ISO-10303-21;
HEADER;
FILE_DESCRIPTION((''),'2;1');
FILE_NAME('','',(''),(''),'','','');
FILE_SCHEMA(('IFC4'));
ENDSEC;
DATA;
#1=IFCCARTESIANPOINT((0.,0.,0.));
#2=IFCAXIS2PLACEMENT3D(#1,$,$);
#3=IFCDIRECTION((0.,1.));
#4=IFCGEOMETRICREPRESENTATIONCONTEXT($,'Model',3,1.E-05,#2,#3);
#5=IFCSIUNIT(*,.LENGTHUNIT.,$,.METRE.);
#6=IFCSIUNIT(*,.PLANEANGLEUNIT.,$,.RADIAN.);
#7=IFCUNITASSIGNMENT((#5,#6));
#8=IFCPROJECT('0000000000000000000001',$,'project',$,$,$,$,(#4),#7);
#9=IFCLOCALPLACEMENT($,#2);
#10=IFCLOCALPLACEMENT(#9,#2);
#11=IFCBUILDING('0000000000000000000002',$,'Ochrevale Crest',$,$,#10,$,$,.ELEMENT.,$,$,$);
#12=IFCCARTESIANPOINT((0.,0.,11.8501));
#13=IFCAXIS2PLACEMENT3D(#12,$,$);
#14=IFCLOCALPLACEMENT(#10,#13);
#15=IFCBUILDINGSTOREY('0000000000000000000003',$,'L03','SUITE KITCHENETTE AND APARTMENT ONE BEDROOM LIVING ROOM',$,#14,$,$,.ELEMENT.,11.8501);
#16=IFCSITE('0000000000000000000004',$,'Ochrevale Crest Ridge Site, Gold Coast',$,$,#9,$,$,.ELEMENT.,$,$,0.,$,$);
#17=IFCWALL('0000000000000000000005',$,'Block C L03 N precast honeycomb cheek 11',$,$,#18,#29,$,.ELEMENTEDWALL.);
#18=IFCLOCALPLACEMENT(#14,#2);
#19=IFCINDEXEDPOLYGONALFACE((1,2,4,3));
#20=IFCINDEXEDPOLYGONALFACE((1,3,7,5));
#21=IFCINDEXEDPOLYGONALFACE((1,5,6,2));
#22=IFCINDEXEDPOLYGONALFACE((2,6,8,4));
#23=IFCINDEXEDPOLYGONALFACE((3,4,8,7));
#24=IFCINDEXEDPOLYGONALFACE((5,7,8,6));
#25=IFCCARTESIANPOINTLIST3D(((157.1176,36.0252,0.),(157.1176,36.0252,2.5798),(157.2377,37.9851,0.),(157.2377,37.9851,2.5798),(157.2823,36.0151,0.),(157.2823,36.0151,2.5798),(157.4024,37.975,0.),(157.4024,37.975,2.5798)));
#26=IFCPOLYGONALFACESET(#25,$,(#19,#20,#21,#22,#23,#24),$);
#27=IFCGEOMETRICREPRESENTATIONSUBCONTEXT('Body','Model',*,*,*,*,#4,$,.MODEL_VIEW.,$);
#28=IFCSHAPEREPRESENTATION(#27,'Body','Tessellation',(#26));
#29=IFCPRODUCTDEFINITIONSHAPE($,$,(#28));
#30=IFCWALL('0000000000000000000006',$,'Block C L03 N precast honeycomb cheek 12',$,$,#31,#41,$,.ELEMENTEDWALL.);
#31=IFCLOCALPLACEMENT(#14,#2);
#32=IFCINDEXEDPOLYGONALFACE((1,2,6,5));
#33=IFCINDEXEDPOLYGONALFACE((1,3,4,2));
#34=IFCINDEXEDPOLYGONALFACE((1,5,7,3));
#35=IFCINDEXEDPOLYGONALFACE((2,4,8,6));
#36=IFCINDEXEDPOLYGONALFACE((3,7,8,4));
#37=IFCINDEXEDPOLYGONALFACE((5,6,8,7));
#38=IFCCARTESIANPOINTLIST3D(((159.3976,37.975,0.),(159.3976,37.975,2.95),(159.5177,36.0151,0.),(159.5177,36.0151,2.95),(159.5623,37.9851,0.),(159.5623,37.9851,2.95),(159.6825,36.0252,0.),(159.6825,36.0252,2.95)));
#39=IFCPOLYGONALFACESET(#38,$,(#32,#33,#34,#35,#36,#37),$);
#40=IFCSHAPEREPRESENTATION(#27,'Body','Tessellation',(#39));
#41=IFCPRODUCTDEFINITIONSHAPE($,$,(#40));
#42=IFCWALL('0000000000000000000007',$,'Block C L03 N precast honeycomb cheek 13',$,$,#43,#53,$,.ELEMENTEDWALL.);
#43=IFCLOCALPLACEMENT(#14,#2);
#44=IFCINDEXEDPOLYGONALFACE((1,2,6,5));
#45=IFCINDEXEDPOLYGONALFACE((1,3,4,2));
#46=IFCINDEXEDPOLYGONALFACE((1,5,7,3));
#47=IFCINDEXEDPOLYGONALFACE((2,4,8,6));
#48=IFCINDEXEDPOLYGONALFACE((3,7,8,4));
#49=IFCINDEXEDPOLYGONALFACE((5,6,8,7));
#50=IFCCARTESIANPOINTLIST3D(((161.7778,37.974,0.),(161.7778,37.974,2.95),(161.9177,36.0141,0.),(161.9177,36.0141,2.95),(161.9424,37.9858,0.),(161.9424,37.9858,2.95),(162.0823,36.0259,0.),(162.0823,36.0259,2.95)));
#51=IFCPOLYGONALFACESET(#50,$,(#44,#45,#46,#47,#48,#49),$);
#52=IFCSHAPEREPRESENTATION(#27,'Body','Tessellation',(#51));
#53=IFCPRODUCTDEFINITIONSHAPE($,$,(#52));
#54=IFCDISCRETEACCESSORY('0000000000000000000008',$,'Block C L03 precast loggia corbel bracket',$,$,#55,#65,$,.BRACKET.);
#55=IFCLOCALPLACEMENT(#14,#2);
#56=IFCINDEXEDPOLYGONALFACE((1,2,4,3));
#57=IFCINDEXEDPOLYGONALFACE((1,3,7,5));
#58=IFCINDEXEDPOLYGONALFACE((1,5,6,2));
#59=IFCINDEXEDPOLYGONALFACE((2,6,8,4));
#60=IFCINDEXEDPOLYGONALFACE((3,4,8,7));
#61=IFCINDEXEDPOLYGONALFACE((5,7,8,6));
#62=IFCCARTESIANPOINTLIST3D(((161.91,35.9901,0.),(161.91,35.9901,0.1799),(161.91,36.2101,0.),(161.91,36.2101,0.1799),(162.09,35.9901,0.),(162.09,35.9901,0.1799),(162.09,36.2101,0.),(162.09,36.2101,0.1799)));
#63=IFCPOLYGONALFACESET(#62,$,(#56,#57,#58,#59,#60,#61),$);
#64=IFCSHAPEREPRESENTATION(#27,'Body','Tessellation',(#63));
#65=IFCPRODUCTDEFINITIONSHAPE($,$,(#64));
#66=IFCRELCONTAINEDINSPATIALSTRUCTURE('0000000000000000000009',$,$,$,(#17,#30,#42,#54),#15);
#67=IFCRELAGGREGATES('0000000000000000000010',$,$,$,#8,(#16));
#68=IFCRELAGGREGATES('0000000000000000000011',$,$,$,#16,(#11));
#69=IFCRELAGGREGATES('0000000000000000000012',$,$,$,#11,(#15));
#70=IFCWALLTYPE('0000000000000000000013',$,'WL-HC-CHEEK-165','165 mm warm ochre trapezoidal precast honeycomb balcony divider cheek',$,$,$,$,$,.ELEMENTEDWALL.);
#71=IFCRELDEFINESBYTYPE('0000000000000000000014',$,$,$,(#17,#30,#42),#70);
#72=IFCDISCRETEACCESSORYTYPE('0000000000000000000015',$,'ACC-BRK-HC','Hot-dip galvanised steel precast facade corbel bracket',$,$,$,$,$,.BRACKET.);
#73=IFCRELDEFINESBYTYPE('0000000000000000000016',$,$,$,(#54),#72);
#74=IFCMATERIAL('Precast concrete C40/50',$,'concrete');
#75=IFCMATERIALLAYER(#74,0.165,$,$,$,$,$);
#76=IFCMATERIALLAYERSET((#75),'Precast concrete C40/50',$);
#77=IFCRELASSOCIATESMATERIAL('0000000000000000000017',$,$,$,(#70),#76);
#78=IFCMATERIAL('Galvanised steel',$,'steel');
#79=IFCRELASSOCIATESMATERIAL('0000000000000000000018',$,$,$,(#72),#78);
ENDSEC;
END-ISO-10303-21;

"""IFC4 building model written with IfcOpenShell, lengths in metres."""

from ifc_helpers import new_model, si_unit, direction, frame, frame_2d, origin, origin_2d, place, context, subcontext, project, spatial, rectangle, extrude, material, layer, layer_set, type_object, element, save


model = new_model("IFC4")

# Units and contexts
model_context = context("Model", 3, precision=1e-05, world=origin(), true_north=direction((0.0, 1.0)))
body_context = subcontext(model_context, "Body", "Model", "MODEL_VIEW")
ifc_project = project(units=[si_unit("LENGTHUNIT", "METRE"), si_unit("PLANEANGLEUNIT", "RADIAN")], contexts=[model_context])

# Site, building, storey
site_placement = place(None, origin())
site = spatial("IfcSite", under=ifc_project, at=site_placement, Name="Ochrevale Crest Ridge Site, Gold Coast", CompositionType="ELEMENT", RefElevation=0.0)
building_placement = place(site_placement, origin())
building = spatial("IfcBuilding", under=site, at=building_placement, Name="Ochrevale Crest", CompositionType="ELEMENT")
storey_placement = place(building_placement, frame((0.0, 0.0, 11.8501)))
storey = spatial("IfcBuildingStorey", under=building, at=storey_placement, Name="L03", Description="SUITE KITCHENETTE AND APARTMENT ONE BEDROOM LIVING ROOM", CompositionType="ELEMENT", Elevation=11.8501)

# Shared definitions
ifc_material_1 = material(Name="Precast concrete C40/50", Category="concrete")

# Walls
ifc_layer_1 = layer(ifc_material_1, 0.165)
ifc_layer_set_1 = layer_set([ifc_layer_1], Name="Precast concrete C40/50")
wall_type = type_object("IfcWallType", Name="WL-HC-CHEEK-165", Description="165 mm warm ochre trapezoidal precast honeycomb balcony divider cheek", PredefinedType="ELEMENTEDWALL", material=ifc_layer_set_1)
for number, where, z_axis, x_axis, name in (
    (1, (157.2, 36.02, 0.0), (0.0, 0.0, 1.0), (0.061171, 0.998127, 0.0), "Block C L03 N precast honeycomb cheek 11"),
):
    element("IfcWall", number, at=place(storey_placement, frame(where, z_axis=z_axis, x_axis=x_axis)), inside=storey, type_object=wall_type, Name=name, PredefinedType="ELEMENTEDWALL", context=body_context, shape_type="SweptSolid", body=[
        extrude(rectangle(XDim=1.9636, YDim=0.165, at=frame_2d((0.9819, 0.0))), origin(), (0.0, 0.0, 1.0), 2.5798),
    ])
wall_1_placement = place(storey_placement, frame((159.6001, 36.02, 0.0), z_axis=(0.0, 0.0, 1.0), x_axis=(-0.061171, 0.998127, 0.0)))
element("IfcWall", 2, at=wall_1_placement, inside=storey, type_object=wall_type, Name="Block C L03 N precast honeycomb cheek 12", PredefinedType="ELEMENTEDWALL", context=body_context, shape_type="SweptSolid", body=[
    extrude(rectangle(XDim=1.9636, YDim=0.165, at=frame_2d((0.9819, 0.0))), origin(), (0.0, 0.0, 1.0), 2.95),
])
wall_2_placement = place(storey_placement, frame((162.0, 36.02, 0.0), z_axis=(0.0, 0.0, 1.0), x_axis=(-0.071194, 0.997462, 0.0)))
element("IfcWall", 3, at=wall_2_placement, inside=storey, type_object=wall_type, Name="Block C L03 N precast honeycomb cheek 13", PredefinedType="ELEMENTEDWALL", context=body_context, shape_type="SweptSolid", body=[
    extrude(rectangle(XDim=1.9648, YDim=0.165, at=frame_2d((0.9824, 0.0))), origin(), (0.0, 0.0, 1.0), 2.95),
])

# Discrete accessory
ifc_material_2 = material(Name="Galvanised steel", Category="steel")
discrete_accessory_type = type_object("IfcDiscreteAccessoryType", Name="ACC-BRK-HC", Description="Hot-dip galvanised steel precast facade corbel bracket", PredefinedType="BRACKET", material=ifc_material_2)
discrete_accessory_placement = place(storey_placement, frame((162.0, 36.1001, 0.0), z_axis=(0.0, 0.0, 1.0), x_axis=(1.0, 0.0, 0.0)))
element("IfcDiscreteAccessory", 4, at=discrete_accessory_placement, inside=storey, type_object=discrete_accessory_type, Name="Block C L03 precast loggia corbel bracket", PredefinedType="BRACKET", context=body_context, shape_type="SweptSolid", body=[
    extrude(rectangle(XDim=0.1799, YDim=0.22, at=origin_2d()), origin(), (0.0, 0.0, 1.0), 0.1799),
])

save(model, "model.ifc")
